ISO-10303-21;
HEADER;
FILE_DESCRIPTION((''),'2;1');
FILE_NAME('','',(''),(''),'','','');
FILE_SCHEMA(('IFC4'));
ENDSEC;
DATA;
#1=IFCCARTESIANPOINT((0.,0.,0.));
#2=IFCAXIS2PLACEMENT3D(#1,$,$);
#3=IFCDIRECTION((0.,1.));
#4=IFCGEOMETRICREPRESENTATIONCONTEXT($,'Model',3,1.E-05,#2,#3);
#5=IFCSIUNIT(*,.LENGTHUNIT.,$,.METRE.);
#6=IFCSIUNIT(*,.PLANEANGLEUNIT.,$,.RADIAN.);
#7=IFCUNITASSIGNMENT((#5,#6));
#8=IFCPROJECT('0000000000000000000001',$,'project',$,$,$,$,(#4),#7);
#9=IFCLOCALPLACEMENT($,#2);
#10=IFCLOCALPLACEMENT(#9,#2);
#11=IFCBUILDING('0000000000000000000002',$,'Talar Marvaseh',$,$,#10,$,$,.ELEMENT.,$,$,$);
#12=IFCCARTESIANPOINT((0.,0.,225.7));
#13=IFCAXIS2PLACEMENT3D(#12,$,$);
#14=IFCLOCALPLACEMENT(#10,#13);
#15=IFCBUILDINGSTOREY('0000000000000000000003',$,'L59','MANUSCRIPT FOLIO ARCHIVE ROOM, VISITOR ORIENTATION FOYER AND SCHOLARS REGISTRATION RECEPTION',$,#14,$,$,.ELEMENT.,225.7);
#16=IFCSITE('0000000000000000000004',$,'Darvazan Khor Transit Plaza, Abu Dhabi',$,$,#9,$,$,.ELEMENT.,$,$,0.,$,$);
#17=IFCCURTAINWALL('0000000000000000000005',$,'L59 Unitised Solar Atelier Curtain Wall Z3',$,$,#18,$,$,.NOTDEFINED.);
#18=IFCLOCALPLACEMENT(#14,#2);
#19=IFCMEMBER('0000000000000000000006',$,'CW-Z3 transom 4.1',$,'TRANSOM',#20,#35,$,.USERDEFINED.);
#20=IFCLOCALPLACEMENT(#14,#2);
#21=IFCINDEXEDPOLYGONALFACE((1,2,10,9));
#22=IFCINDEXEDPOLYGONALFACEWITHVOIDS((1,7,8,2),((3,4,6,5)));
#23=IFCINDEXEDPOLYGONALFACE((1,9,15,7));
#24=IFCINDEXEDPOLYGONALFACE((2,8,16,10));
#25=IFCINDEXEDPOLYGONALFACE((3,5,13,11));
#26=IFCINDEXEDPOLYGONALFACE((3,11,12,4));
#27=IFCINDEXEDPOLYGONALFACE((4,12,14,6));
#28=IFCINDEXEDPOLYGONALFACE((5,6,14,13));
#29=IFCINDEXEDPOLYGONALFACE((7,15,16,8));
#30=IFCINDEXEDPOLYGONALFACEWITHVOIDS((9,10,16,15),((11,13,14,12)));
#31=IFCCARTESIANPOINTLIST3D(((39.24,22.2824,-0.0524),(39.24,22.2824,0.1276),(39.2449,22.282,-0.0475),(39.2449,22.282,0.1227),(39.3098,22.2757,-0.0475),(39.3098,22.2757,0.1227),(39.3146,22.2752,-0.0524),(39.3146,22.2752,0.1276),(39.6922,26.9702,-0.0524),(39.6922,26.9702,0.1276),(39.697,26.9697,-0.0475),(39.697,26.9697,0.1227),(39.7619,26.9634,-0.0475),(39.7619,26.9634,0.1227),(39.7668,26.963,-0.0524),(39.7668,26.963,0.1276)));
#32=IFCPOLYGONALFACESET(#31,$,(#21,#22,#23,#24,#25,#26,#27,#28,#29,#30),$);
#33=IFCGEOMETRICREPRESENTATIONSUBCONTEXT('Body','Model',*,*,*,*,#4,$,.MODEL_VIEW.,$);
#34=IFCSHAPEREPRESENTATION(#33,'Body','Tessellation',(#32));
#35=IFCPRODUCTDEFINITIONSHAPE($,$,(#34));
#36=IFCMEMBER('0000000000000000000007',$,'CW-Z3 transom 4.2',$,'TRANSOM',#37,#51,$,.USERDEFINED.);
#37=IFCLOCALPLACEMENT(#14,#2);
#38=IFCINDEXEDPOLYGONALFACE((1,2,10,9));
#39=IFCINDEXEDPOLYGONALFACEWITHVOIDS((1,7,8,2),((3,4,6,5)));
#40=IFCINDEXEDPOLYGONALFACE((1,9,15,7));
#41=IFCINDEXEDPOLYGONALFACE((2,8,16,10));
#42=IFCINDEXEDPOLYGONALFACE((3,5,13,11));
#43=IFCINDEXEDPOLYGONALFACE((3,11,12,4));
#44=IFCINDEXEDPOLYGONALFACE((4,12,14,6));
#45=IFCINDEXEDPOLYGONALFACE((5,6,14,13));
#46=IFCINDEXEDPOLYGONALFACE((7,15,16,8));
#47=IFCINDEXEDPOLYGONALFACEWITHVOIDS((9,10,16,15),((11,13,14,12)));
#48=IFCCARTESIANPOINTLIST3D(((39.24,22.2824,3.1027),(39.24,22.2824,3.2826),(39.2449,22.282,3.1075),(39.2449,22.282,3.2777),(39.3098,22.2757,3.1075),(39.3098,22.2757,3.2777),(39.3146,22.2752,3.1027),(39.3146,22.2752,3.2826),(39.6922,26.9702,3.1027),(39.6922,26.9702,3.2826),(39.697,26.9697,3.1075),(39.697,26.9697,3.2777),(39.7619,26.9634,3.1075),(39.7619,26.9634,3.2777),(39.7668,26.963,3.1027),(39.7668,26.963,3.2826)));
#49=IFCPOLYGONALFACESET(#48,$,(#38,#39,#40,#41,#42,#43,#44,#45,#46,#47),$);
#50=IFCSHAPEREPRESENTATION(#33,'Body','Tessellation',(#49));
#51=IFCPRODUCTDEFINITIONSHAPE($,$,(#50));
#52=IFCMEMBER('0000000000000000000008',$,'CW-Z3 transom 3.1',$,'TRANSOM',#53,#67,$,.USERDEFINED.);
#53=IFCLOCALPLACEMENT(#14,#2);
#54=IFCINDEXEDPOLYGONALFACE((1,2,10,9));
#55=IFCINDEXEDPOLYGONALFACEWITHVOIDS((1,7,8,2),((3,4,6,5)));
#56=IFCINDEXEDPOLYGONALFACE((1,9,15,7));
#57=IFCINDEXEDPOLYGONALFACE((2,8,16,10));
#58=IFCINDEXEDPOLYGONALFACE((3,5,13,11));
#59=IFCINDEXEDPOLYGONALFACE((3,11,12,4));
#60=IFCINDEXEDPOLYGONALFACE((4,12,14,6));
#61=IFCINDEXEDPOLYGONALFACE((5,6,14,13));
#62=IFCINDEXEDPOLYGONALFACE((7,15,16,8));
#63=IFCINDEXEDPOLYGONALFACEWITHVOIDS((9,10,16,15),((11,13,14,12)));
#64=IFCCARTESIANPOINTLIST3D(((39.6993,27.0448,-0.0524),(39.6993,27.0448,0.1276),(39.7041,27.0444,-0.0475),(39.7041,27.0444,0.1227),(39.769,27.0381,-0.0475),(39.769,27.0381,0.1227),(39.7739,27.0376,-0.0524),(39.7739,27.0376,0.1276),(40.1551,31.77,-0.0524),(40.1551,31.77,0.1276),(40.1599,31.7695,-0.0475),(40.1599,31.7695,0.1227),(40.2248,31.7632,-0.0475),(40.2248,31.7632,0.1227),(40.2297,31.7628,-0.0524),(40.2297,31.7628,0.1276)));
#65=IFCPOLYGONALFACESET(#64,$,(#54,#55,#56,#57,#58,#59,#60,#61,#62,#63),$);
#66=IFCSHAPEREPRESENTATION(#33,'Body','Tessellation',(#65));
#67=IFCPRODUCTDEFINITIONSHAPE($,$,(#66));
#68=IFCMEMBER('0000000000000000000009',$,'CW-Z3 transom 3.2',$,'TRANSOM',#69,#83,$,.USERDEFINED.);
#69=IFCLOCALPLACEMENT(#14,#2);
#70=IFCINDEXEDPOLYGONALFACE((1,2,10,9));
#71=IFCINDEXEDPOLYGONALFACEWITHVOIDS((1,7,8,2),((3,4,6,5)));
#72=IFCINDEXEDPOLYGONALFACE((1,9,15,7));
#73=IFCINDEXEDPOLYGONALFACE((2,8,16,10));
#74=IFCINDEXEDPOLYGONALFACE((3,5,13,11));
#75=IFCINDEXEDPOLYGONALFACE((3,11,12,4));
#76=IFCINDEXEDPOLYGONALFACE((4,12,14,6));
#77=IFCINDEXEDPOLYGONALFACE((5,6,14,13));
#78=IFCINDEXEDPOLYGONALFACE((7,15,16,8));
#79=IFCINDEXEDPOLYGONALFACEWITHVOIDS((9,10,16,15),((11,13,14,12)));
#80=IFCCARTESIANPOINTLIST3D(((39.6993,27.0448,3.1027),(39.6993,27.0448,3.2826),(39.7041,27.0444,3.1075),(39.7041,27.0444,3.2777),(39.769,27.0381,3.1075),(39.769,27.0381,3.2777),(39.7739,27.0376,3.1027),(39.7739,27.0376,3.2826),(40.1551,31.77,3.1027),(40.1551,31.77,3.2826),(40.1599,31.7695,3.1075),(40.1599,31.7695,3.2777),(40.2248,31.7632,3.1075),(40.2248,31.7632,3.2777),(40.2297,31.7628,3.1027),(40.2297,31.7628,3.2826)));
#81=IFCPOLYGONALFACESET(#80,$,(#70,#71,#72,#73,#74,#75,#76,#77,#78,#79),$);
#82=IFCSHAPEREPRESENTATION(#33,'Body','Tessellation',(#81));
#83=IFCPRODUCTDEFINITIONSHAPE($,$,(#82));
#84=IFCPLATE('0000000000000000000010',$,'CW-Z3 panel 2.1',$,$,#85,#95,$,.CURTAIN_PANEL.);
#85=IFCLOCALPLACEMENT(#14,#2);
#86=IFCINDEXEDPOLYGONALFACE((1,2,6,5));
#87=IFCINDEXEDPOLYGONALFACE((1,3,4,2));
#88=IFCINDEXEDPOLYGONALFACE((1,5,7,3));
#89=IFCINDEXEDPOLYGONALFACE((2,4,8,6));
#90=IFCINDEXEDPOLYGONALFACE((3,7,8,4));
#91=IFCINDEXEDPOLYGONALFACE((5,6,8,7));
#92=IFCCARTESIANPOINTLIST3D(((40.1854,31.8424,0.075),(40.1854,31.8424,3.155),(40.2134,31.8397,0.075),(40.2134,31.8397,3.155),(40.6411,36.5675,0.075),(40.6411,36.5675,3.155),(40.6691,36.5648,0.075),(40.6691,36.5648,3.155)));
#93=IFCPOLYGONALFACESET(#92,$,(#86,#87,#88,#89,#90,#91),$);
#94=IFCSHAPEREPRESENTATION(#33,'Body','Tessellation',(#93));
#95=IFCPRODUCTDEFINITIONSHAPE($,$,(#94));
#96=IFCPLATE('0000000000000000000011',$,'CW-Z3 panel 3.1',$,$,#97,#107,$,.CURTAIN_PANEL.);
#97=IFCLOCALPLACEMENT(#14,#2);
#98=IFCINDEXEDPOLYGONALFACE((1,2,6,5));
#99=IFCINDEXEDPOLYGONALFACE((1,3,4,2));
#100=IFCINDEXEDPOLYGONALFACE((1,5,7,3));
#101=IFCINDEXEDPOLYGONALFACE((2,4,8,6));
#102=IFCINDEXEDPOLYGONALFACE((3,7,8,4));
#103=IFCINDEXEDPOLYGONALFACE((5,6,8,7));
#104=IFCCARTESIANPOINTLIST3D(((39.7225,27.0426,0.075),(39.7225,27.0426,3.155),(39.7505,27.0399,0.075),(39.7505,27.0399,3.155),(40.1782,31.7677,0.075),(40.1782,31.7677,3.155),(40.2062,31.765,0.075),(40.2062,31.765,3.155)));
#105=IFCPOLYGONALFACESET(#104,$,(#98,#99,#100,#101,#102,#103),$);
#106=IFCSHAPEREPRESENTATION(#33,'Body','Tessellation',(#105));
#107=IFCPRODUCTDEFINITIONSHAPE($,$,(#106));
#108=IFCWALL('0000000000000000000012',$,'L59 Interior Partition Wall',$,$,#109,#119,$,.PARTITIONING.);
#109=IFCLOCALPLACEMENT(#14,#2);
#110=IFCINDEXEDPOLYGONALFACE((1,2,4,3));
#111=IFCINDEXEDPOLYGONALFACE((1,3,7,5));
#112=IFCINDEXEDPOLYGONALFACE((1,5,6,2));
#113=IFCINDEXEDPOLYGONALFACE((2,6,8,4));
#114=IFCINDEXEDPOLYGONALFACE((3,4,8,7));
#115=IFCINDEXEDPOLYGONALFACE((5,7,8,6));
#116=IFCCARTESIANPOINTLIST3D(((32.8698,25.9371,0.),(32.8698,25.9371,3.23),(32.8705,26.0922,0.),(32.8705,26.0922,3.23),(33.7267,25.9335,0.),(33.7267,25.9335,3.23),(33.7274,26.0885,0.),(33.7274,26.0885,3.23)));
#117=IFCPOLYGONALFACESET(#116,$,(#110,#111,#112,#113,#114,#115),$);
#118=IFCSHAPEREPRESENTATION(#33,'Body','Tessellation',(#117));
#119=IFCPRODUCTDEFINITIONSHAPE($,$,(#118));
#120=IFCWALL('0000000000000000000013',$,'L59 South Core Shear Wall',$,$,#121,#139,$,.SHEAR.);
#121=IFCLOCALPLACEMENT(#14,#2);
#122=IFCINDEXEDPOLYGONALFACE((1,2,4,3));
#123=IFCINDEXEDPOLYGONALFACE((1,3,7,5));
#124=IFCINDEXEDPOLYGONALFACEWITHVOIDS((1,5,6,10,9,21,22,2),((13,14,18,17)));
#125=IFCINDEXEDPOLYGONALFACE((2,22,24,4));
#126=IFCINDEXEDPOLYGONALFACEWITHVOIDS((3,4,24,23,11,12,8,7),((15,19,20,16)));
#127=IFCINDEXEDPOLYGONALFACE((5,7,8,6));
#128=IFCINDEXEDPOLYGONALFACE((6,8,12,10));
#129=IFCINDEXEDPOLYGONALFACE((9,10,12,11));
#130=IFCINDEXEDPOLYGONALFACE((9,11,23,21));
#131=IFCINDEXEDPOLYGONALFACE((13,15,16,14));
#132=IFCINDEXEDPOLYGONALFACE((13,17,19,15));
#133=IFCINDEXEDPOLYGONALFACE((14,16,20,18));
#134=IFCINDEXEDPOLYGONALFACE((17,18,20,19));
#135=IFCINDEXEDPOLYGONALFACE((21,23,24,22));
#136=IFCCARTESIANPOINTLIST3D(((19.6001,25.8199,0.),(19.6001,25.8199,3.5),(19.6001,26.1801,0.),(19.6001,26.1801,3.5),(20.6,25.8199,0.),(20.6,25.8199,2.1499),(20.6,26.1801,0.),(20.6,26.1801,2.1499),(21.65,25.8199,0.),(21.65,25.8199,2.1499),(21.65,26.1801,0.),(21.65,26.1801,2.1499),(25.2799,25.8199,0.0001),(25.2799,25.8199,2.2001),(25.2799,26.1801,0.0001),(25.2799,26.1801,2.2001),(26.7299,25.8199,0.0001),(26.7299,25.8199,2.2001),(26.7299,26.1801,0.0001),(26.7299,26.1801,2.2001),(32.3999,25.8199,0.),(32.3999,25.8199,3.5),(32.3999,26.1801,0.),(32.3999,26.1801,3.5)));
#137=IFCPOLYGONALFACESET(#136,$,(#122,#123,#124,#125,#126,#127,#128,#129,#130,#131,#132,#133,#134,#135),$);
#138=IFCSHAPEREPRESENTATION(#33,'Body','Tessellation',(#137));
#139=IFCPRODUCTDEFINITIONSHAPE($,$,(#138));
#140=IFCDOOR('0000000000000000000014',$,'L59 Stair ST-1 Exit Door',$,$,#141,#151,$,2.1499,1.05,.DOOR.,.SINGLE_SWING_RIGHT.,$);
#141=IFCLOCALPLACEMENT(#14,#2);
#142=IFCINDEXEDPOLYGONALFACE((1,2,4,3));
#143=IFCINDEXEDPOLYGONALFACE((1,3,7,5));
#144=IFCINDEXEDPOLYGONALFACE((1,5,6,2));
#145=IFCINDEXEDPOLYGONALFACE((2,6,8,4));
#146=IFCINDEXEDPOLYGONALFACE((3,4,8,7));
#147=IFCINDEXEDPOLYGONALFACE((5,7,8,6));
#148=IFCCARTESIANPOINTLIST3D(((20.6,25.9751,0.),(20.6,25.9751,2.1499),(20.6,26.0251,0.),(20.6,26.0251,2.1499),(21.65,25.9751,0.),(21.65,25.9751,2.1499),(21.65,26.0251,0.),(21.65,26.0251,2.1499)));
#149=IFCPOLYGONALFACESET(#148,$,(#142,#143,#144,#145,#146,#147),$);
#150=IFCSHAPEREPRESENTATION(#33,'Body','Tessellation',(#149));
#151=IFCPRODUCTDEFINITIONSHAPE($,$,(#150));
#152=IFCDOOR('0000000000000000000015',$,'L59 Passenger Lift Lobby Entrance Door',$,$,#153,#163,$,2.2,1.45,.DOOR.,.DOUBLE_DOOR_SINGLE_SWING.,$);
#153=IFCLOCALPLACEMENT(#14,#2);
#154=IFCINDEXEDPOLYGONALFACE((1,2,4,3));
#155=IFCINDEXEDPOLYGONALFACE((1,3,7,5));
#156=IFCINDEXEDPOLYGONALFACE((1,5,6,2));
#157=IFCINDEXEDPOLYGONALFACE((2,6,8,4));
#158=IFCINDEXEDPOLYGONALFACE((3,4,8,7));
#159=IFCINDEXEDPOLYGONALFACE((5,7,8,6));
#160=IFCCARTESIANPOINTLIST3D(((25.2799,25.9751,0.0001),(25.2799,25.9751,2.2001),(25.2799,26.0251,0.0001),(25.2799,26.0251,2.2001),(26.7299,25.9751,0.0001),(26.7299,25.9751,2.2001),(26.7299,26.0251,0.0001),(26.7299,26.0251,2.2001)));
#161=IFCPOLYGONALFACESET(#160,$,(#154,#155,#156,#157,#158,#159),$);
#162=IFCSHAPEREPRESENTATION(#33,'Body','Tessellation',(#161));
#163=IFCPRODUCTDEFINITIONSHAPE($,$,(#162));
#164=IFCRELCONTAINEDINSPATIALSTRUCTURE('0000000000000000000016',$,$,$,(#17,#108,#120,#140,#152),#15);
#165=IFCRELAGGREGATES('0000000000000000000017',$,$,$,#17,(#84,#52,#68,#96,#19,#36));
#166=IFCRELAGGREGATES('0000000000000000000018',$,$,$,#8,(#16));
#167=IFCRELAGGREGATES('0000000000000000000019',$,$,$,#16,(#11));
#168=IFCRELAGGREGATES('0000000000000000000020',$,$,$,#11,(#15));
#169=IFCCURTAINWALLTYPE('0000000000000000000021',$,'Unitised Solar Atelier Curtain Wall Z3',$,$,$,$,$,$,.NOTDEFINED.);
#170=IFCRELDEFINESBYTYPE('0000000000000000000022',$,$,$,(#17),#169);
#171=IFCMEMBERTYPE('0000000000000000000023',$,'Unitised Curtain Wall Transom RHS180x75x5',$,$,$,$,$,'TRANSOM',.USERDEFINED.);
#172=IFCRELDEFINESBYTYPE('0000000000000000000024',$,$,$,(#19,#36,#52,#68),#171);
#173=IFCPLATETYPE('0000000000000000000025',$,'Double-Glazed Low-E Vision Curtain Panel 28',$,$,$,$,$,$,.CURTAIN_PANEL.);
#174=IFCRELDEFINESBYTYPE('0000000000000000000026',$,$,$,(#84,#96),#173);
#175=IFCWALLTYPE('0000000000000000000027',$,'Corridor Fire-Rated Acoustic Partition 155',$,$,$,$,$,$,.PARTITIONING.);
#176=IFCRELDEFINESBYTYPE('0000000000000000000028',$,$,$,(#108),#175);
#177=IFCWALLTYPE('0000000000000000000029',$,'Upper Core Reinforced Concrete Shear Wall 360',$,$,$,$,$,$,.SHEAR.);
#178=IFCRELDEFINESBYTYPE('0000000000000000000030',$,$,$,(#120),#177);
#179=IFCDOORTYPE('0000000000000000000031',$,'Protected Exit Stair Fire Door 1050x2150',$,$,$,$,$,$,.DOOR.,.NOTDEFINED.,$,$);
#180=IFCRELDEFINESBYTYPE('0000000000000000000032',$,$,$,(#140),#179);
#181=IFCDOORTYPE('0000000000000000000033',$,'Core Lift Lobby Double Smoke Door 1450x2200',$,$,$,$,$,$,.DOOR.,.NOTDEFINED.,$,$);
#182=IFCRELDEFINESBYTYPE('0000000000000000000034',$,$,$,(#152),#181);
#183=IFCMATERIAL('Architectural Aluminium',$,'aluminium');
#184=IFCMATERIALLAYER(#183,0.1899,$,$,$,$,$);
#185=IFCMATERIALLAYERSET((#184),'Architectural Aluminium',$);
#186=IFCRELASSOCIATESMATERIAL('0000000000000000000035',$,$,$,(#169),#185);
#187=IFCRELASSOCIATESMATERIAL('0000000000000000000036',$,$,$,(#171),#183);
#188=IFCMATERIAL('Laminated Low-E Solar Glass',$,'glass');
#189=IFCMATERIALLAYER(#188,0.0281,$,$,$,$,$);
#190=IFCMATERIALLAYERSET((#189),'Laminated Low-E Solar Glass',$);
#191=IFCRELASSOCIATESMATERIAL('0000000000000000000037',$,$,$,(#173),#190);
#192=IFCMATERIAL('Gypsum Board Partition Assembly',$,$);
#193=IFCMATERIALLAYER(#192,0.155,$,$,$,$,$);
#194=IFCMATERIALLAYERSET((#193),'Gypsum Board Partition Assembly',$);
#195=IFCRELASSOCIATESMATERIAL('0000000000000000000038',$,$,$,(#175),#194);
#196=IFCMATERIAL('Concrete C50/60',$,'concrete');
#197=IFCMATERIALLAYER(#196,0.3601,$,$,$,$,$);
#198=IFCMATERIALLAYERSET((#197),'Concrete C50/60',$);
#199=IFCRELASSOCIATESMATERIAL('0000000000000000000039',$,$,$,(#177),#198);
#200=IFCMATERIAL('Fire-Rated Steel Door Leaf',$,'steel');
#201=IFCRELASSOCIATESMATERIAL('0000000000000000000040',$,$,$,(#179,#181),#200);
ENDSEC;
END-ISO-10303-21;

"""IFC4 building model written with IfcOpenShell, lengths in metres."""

from ifc_helpers import new_model, si_unit, direction, frame, frame_2d, origin, origin_2d, place, context, subcontext, project, spatial, rectangle, hollow_rectangle, extrude, source, transform, mapped, material, layer, layer_set, material_profile, profile_set, type_object, type_shapes, element, fill, aggregate, save


model = new_model("IFC4")

# Units and contexts
model_context = context("Model", 3, precision=1e-05, world=origin(), true_north=direction((0.0, 1.0)))
body_context = subcontext(model_context, "Body", "Model", "MODEL_VIEW")
ifc_project = project(units=[si_unit("LENGTHUNIT", "METRE"), si_unit("PLANEANGLEUNIT", "RADIAN")], contexts=[model_context])

# Site, building, storey
site_placement = place(None, origin())
site = spatial("IfcSite", under=ifc_project, at=site_placement, Name="Darvazan Khor Transit Plaza, Abu Dhabi", CompositionType="ELEMENT", RefElevation=0.0)
building_placement = place(site_placement, origin())
building = spatial("IfcBuilding", under=site, at=building_placement, Name="Talar Marvaseh", CompositionType="ELEMENT")
storey_placement = place(building_placement, frame((0.0, 0.0, 225.7)))
storey = spatial("IfcBuildingStorey", under=building, at=storey_placement, Name="L59", Description="MANUSCRIPT FOLIO ARCHIVE ROOM, VISITOR ORIENTATION FOYER AND SCHOLARS REGISTRATION RECEPTION", CompositionType="ELEMENT", Elevation=225.7)

# Curtain wall, members, plates
ifc_material_1 = material(Name="Architectural Aluminium", Category="aluminium")
ifc_layer_1 = layer(ifc_material_1, 0.1899)
ifc_layer_set_1 = layer_set([ifc_layer_1], Name="Architectural Aluminium")
curtain_wall_type = type_object("IfcCurtainWallType", Name="Unitised Solar Atelier Curtain Wall Z3", PredefinedType="NOTDEFINED", material=ifc_layer_set_1)
curtain_wall_placement = place(storey_placement, origin())
curtain_wall = element("IfcCurtainWall", 1, at=curtain_wall_placement, inside=storey, type_object=curtain_wall_type, Name="L59 Unitised Solar Atelier Curtain Wall Z3", PredefinedType="NOTDEFINED")
ifc_material_profile_1 = material_profile(ifc_material_1, hollow_rectangle(XDim=0.075, YDim=0.1799, WallThickness=0.0049, at=origin_2d()), Name="RHS180x75x5")
ifc_profile_set_1 = profile_set([ifc_material_profile_1], Name="Architectural Aluminium")
member_type_1 = type_object("IfcMemberType", Name="Unitised Curtain Wall Transom RHS180x75x5", ElementType="TRANSOM", PredefinedType="USERDEFINED", material=ifc_profile_set_1)
shared_shape_1 = source(origin(), body_context, "Body", "SweptSolid", [
    extrude(hollow_rectangle(XDim=0.075, YDim=0.1799, WallThickness=0.0049, at=origin_2d()), origin(), (0.0, 0.0, 1.0), 4.7095),
])
member_1_placement = place(storey_placement, frame((39.7295, 26.9666, 0.0376), z_axis=(-0.096008, -0.995381, 0.0), x_axis=(0.995381, -0.096008, 0.0)))
member_1 = element("IfcMember", 2, at=member_1_placement, type_object=member_type_1, Name="CW-Z3 transom 4.1", ObjectType="TRANSOM", PredefinedType="USERDEFINED", context=body_context, shape_type="MappedRepresentation", body=[
    mapped(shared_shape_1, transform((0.0, 0.0, 0.0), x_axis=(1.0, 0.0, 0.0), y_axis=(0.0, 1.0, 0.0), z_axis=(0.0, 0.0, 1.0), scale=1.0)),
])
member_2_placement = place(storey_placement, frame((39.7295, 26.9666, 3.1926), z_axis=(-0.096008, -0.995381, 0.0), x_axis=(0.995381, -0.096008, 0.0)))
member_2 = element("IfcMember", 3, at=member_2_placement, type_object=member_type_1, Name="CW-Z3 transom 4.2", ObjectType="TRANSOM", PredefinedType="USERDEFINED", context=body_context, shape_type="MappedRepresentation", body=[
    mapped(shared_shape_1, transform((0.0, 0.0, 0.0), x_axis=(1.0, 0.0, 0.0), y_axis=(0.0, 1.0, 0.0), z_axis=(0.0, 0.0, 1.0), scale=1.0)),
])
shared_shape_2 = source(origin(), body_context, "Body", "SweptSolid", [
    extrude(hollow_rectangle(XDim=0.075, YDim=0.1799, WallThickness=0.0049, at=origin_2d()), origin(), (0.0, 0.0, 1.0), 4.7471),
])
type_shapes(member_type_1, [shared_shape_1, shared_shape_2])
member_3_placement = place(storey_placement, frame((40.1924, 31.7664, 0.0376), z_axis=(-0.09602, -0.995379, 0.0), x_axis=(0.995379, -0.09602, 0.0)))
member_3 = element("IfcMember", 4, at=member_3_placement, type_object=member_type_1, Name="CW-Z3 transom 3.1", ObjectType="TRANSOM", PredefinedType="USERDEFINED", context=body_context, shape_type="MappedRepresentation", body=[
    mapped(shared_shape_2, transform((0.0, 0.0, 0.0), x_axis=(1.0, 0.0, 0.0), y_axis=(0.0, 1.0, 0.0), z_axis=(0.0, 0.0, 1.0), scale=1.0)),
])
member_4_placement = place(storey_placement, frame((40.1924, 31.7664, 3.1926), z_axis=(-0.09602, -0.995379, 0.0), x_axis=(0.995379, -0.09602, 0.0)))
member_4 = element("IfcMember", 5, at=member_4_placement, type_object=member_type_1, Name="CW-Z3 transom 3.2", ObjectType="TRANSOM", PredefinedType="USERDEFINED", context=body_context, shape_type="MappedRepresentation", body=[
    mapped(shared_shape_2, transform((0.0, 0.0, 0.0), x_axis=(1.0, 0.0, 0.0), y_axis=(0.0, 1.0, 0.0), z_axis=(0.0, 0.0, 1.0), scale=1.0)),
])
ifc_material_2 = material(Name="Laminated Low-E Solar Glass", Category="glass")
ifc_layer_2 = layer(ifc_material_2, 0.0281)
ifc_layer_set_2 = layer_set([ifc_layer_2], Name="Laminated Low-E Solar Glass")
plate_type = type_object("IfcPlateType", Name="Double-Glazed Low-E Vision Curtain Panel 28", PredefinedType="CURTAIN_PANEL", material=ifc_layer_set_2)
shared_shape_3 = source(origin(), body_context, "Body", "SweptSolid", [
    extrude(rectangle(XDim=4.7471, YDim=0.0281, at=origin_2d()), origin(), (0.0, 0.0, 1.0), 3.0801),
])
type_shapes(plate_type, [shared_shape_3])
plate_1_placement = place(storey_placement, frame((40.4272, 34.2036, 0.075), z_axis=(0.0, 0.0, 1.0), x_axis=(-0.095997, -0.995382, 0.0)))
plate_1 = element("IfcPlate", 6, at=plate_1_placement, type_object=plate_type, Name="CW-Z3 panel 2.1", PredefinedType="CURTAIN_PANEL", context=body_context, shape_type="MappedRepresentation", body=[
    mapped(shared_shape_3, transform((0.0, 0.0, 0.0), x_axis=(1.0, 0.0, 0.0), y_axis=(0.0, 1.0, 0.0), z_axis=(0.0, 0.0, 1.0), scale=1.0)),
])
plate_2_placement = place(storey_placement, frame((39.9644, 29.4038, 0.075), z_axis=(0.0, 0.0, 1.0), x_axis=(-0.095997, -0.995382, 0.0)))
plate_2 = element("IfcPlate", 7, at=plate_2_placement, type_object=plate_type, Name="CW-Z3 panel 3.1", PredefinedType="CURTAIN_PANEL", context=body_context, shape_type="MappedRepresentation", body=[
    mapped(shared_shape_3, transform((0.0, 0.0, 0.0), x_axis=(1.0, 0.0, 0.0), y_axis=(0.0, 1.0, 0.0), z_axis=(0.0, 0.0, 1.0), scale=1.0)),
])
aggregate(curtain_wall, [plate_1, member_3, member_4, plate_2, member_1, member_2])

# Wall
ifc_material_3 = material(Name="Gypsum Board Partition Assembly")
ifc_layer_3 = layer(ifc_material_3, 0.155)
ifc_layer_set_3 = layer_set([ifc_layer_3], Name="Gypsum Board Partition Assembly")
wall_type_1 = type_object("IfcWallType", Name="Corridor Fire-Rated Acoustic Partition 155", PredefinedType="PARTITIONING", material=ifc_layer_set_3)
wall_1_placement = place(storey_placement, frame((33.7271, 26.011, 0.0), z_axis=(0.0, 0.0, 1.0), x_axis=(-0.999991, 0.004273, 0.0)))
element("IfcWall", 8, at=wall_1_placement, inside=storey, type_object=wall_type_1, Name="L59 Interior Partition Wall", PredefinedType="PARTITIONING", context=body_context, shape_type="SweptSolid", body=[
    extrude(rectangle(XDim=0.8569, YDim=0.155, at=frame_2d((0.4285, 0.0))), origin(), (0.0, 0.0, 1.0), 3.23),
])

# Wall, openings, doors
ifc_material_4 = material(Name="Concrete C50/60", Category="concrete")
ifc_layer_4 = layer(ifc_material_4, 0.3601)
ifc_layer_set_4 = layer_set([ifc_layer_4], Name="Concrete C50/60")
wall_type_2 = type_object("IfcWallType", Name="Upper Core Reinforced Concrete Shear Wall 360", PredefinedType="SHEAR", material=ifc_layer_set_4)
wall_2_placement = place(storey_placement, frame((32.3999, 26.0, 0.0), z_axis=(0.0, 0.0, 1.0), x_axis=(-1.0, 0.0, 0.0)))
wall_2 = element("IfcWall", 9, at=wall_2_placement, inside=storey, type_object=wall_type_2, Name="L59 South Core Shear Wall", PredefinedType="SHEAR", context=body_context, shape_type="SweptSolid", body=[
    extrude(rectangle(XDim=12.7998, YDim=0.3601, at=frame_2d((6.3999, 0.0))), origin(), (0.0, 0.0, 1.0), 3.5),
])
opening_1_placement = place(wall_2_placement, frame((10.75, 0.0, 0.0)))
opening_1 = element("IfcOpeningElement", 10, at=opening_1_placement, cuts=wall_2, PredefinedType="OPENING", context=body_context, shape_type="SweptSolid", body=[
    extrude(rectangle(XDim=1.05, YDim=2.1499, at=frame_2d((0.5249, 1.075))), frame((0.0, 0.1899, 0.0), z_axis=(0.0, -1.0, 0.0), x_axis=(1.0, 0.0, 0.0)), (0.0, 0.0, 1.0), 0.3801),
])
opening_2_placement = place(wall_2_placement, frame((5.6699, 0.0, 0.0)))
opening_2 = element("IfcOpeningElement", 11, at=opening_2_placement, cuts=wall_2, PredefinedType="OPENING", context=body_context, shape_type="SweptSolid", body=[
    extrude(rectangle(XDim=1.45, YDim=2.2, at=frame_2d((0.7251, 1.1001))), frame((0.0, 0.1899, 0.0), z_axis=(0.0, -1.0, 0.0), x_axis=(1.0, 0.0, 0.0)), (0.0, 0.0, 1.0), 0.3801),
])
ifc_material_5 = material(Name="Fire-Rated Steel Door Leaf", Category="steel")
door_type_1 = type_object("IfcDoorType", Name="Protected Exit Stair Fire Door 1050x2150", OperationType="NOTDEFINED", PredefinedType="DOOR", material=ifc_material_5)
shared_shape_4 = source(origin(), body_context, "Body", "SweptSolid", [
    extrude(rectangle(XDim=1.05, YDim=2.1499, at=frame_2d((0.5249, 1.075))), frame((0.0, 0.0249, 0.0), z_axis=(0.0, -1.0, 0.0), x_axis=(1.0, 0.0, 0.0)), (0.0, 0.0, 1.0), 0.05),
])
type_shapes(door_type_1, [shared_shape_4])
door_1_placement = place(opening_1_placement, origin())
door_1 = element("IfcDoor", 12, at=door_1_placement, inside=storey, type_object=door_type_1, Name="L59 Stair ST-1 Exit Door", OperationType="SINGLE_SWING_RIGHT", OverallHeight=2.1499, OverallWidth=1.05, PredefinedType="DOOR", context=body_context, shape_type="MappedRepresentation", body=[
    mapped(shared_shape_4, transform((0.0, 0.0, 0.0), x_axis=(1.0, 0.0, 0.0), y_axis=(0.0, 1.0, 0.0), z_axis=(0.0, 0.0, 1.0), scale=1.0)),
])
fill(opening_1, door_1)
door_type_2 = type_object("IfcDoorType", Name="Core Lift Lobby Double Smoke Door 1450x2200", OperationType="NOTDEFINED", PredefinedType="DOOR", material=ifc_material_5)
shared_shape_5 = source(origin(), body_context, "Body", "SweptSolid", [
    extrude(rectangle(XDim=1.45, YDim=2.2, at=frame_2d((0.7251, 1.1001))), frame((0.0, 0.0249, 0.0), z_axis=(0.0, -1.0, 0.0), x_axis=(1.0, 0.0, 0.0)), (0.0, 0.0, 1.0), 0.05),
])
type_shapes(door_type_2, [shared_shape_5])
door_2_placement = place(opening_2_placement, origin())
door_2 = element("IfcDoor", 13, at=door_2_placement, inside=storey, type_object=door_type_2, Name="L59 Passenger Lift Lobby Entrance Door", OperationType="DOUBLE_DOOR_SINGLE_SWING", OverallHeight=2.2, OverallWidth=1.45, PredefinedType="DOOR", context=body_context, shape_type="MappedRepresentation", body=[
    mapped(shared_shape_5, transform((0.0, 0.0, 0.0), x_axis=(1.0, 0.0, 0.0), y_axis=(0.0, 1.0, 0.0), z_axis=(0.0, 0.0, 1.0), scale=1.0)),
])
fill(opening_2, door_2)

save(model, "model.ifc")
